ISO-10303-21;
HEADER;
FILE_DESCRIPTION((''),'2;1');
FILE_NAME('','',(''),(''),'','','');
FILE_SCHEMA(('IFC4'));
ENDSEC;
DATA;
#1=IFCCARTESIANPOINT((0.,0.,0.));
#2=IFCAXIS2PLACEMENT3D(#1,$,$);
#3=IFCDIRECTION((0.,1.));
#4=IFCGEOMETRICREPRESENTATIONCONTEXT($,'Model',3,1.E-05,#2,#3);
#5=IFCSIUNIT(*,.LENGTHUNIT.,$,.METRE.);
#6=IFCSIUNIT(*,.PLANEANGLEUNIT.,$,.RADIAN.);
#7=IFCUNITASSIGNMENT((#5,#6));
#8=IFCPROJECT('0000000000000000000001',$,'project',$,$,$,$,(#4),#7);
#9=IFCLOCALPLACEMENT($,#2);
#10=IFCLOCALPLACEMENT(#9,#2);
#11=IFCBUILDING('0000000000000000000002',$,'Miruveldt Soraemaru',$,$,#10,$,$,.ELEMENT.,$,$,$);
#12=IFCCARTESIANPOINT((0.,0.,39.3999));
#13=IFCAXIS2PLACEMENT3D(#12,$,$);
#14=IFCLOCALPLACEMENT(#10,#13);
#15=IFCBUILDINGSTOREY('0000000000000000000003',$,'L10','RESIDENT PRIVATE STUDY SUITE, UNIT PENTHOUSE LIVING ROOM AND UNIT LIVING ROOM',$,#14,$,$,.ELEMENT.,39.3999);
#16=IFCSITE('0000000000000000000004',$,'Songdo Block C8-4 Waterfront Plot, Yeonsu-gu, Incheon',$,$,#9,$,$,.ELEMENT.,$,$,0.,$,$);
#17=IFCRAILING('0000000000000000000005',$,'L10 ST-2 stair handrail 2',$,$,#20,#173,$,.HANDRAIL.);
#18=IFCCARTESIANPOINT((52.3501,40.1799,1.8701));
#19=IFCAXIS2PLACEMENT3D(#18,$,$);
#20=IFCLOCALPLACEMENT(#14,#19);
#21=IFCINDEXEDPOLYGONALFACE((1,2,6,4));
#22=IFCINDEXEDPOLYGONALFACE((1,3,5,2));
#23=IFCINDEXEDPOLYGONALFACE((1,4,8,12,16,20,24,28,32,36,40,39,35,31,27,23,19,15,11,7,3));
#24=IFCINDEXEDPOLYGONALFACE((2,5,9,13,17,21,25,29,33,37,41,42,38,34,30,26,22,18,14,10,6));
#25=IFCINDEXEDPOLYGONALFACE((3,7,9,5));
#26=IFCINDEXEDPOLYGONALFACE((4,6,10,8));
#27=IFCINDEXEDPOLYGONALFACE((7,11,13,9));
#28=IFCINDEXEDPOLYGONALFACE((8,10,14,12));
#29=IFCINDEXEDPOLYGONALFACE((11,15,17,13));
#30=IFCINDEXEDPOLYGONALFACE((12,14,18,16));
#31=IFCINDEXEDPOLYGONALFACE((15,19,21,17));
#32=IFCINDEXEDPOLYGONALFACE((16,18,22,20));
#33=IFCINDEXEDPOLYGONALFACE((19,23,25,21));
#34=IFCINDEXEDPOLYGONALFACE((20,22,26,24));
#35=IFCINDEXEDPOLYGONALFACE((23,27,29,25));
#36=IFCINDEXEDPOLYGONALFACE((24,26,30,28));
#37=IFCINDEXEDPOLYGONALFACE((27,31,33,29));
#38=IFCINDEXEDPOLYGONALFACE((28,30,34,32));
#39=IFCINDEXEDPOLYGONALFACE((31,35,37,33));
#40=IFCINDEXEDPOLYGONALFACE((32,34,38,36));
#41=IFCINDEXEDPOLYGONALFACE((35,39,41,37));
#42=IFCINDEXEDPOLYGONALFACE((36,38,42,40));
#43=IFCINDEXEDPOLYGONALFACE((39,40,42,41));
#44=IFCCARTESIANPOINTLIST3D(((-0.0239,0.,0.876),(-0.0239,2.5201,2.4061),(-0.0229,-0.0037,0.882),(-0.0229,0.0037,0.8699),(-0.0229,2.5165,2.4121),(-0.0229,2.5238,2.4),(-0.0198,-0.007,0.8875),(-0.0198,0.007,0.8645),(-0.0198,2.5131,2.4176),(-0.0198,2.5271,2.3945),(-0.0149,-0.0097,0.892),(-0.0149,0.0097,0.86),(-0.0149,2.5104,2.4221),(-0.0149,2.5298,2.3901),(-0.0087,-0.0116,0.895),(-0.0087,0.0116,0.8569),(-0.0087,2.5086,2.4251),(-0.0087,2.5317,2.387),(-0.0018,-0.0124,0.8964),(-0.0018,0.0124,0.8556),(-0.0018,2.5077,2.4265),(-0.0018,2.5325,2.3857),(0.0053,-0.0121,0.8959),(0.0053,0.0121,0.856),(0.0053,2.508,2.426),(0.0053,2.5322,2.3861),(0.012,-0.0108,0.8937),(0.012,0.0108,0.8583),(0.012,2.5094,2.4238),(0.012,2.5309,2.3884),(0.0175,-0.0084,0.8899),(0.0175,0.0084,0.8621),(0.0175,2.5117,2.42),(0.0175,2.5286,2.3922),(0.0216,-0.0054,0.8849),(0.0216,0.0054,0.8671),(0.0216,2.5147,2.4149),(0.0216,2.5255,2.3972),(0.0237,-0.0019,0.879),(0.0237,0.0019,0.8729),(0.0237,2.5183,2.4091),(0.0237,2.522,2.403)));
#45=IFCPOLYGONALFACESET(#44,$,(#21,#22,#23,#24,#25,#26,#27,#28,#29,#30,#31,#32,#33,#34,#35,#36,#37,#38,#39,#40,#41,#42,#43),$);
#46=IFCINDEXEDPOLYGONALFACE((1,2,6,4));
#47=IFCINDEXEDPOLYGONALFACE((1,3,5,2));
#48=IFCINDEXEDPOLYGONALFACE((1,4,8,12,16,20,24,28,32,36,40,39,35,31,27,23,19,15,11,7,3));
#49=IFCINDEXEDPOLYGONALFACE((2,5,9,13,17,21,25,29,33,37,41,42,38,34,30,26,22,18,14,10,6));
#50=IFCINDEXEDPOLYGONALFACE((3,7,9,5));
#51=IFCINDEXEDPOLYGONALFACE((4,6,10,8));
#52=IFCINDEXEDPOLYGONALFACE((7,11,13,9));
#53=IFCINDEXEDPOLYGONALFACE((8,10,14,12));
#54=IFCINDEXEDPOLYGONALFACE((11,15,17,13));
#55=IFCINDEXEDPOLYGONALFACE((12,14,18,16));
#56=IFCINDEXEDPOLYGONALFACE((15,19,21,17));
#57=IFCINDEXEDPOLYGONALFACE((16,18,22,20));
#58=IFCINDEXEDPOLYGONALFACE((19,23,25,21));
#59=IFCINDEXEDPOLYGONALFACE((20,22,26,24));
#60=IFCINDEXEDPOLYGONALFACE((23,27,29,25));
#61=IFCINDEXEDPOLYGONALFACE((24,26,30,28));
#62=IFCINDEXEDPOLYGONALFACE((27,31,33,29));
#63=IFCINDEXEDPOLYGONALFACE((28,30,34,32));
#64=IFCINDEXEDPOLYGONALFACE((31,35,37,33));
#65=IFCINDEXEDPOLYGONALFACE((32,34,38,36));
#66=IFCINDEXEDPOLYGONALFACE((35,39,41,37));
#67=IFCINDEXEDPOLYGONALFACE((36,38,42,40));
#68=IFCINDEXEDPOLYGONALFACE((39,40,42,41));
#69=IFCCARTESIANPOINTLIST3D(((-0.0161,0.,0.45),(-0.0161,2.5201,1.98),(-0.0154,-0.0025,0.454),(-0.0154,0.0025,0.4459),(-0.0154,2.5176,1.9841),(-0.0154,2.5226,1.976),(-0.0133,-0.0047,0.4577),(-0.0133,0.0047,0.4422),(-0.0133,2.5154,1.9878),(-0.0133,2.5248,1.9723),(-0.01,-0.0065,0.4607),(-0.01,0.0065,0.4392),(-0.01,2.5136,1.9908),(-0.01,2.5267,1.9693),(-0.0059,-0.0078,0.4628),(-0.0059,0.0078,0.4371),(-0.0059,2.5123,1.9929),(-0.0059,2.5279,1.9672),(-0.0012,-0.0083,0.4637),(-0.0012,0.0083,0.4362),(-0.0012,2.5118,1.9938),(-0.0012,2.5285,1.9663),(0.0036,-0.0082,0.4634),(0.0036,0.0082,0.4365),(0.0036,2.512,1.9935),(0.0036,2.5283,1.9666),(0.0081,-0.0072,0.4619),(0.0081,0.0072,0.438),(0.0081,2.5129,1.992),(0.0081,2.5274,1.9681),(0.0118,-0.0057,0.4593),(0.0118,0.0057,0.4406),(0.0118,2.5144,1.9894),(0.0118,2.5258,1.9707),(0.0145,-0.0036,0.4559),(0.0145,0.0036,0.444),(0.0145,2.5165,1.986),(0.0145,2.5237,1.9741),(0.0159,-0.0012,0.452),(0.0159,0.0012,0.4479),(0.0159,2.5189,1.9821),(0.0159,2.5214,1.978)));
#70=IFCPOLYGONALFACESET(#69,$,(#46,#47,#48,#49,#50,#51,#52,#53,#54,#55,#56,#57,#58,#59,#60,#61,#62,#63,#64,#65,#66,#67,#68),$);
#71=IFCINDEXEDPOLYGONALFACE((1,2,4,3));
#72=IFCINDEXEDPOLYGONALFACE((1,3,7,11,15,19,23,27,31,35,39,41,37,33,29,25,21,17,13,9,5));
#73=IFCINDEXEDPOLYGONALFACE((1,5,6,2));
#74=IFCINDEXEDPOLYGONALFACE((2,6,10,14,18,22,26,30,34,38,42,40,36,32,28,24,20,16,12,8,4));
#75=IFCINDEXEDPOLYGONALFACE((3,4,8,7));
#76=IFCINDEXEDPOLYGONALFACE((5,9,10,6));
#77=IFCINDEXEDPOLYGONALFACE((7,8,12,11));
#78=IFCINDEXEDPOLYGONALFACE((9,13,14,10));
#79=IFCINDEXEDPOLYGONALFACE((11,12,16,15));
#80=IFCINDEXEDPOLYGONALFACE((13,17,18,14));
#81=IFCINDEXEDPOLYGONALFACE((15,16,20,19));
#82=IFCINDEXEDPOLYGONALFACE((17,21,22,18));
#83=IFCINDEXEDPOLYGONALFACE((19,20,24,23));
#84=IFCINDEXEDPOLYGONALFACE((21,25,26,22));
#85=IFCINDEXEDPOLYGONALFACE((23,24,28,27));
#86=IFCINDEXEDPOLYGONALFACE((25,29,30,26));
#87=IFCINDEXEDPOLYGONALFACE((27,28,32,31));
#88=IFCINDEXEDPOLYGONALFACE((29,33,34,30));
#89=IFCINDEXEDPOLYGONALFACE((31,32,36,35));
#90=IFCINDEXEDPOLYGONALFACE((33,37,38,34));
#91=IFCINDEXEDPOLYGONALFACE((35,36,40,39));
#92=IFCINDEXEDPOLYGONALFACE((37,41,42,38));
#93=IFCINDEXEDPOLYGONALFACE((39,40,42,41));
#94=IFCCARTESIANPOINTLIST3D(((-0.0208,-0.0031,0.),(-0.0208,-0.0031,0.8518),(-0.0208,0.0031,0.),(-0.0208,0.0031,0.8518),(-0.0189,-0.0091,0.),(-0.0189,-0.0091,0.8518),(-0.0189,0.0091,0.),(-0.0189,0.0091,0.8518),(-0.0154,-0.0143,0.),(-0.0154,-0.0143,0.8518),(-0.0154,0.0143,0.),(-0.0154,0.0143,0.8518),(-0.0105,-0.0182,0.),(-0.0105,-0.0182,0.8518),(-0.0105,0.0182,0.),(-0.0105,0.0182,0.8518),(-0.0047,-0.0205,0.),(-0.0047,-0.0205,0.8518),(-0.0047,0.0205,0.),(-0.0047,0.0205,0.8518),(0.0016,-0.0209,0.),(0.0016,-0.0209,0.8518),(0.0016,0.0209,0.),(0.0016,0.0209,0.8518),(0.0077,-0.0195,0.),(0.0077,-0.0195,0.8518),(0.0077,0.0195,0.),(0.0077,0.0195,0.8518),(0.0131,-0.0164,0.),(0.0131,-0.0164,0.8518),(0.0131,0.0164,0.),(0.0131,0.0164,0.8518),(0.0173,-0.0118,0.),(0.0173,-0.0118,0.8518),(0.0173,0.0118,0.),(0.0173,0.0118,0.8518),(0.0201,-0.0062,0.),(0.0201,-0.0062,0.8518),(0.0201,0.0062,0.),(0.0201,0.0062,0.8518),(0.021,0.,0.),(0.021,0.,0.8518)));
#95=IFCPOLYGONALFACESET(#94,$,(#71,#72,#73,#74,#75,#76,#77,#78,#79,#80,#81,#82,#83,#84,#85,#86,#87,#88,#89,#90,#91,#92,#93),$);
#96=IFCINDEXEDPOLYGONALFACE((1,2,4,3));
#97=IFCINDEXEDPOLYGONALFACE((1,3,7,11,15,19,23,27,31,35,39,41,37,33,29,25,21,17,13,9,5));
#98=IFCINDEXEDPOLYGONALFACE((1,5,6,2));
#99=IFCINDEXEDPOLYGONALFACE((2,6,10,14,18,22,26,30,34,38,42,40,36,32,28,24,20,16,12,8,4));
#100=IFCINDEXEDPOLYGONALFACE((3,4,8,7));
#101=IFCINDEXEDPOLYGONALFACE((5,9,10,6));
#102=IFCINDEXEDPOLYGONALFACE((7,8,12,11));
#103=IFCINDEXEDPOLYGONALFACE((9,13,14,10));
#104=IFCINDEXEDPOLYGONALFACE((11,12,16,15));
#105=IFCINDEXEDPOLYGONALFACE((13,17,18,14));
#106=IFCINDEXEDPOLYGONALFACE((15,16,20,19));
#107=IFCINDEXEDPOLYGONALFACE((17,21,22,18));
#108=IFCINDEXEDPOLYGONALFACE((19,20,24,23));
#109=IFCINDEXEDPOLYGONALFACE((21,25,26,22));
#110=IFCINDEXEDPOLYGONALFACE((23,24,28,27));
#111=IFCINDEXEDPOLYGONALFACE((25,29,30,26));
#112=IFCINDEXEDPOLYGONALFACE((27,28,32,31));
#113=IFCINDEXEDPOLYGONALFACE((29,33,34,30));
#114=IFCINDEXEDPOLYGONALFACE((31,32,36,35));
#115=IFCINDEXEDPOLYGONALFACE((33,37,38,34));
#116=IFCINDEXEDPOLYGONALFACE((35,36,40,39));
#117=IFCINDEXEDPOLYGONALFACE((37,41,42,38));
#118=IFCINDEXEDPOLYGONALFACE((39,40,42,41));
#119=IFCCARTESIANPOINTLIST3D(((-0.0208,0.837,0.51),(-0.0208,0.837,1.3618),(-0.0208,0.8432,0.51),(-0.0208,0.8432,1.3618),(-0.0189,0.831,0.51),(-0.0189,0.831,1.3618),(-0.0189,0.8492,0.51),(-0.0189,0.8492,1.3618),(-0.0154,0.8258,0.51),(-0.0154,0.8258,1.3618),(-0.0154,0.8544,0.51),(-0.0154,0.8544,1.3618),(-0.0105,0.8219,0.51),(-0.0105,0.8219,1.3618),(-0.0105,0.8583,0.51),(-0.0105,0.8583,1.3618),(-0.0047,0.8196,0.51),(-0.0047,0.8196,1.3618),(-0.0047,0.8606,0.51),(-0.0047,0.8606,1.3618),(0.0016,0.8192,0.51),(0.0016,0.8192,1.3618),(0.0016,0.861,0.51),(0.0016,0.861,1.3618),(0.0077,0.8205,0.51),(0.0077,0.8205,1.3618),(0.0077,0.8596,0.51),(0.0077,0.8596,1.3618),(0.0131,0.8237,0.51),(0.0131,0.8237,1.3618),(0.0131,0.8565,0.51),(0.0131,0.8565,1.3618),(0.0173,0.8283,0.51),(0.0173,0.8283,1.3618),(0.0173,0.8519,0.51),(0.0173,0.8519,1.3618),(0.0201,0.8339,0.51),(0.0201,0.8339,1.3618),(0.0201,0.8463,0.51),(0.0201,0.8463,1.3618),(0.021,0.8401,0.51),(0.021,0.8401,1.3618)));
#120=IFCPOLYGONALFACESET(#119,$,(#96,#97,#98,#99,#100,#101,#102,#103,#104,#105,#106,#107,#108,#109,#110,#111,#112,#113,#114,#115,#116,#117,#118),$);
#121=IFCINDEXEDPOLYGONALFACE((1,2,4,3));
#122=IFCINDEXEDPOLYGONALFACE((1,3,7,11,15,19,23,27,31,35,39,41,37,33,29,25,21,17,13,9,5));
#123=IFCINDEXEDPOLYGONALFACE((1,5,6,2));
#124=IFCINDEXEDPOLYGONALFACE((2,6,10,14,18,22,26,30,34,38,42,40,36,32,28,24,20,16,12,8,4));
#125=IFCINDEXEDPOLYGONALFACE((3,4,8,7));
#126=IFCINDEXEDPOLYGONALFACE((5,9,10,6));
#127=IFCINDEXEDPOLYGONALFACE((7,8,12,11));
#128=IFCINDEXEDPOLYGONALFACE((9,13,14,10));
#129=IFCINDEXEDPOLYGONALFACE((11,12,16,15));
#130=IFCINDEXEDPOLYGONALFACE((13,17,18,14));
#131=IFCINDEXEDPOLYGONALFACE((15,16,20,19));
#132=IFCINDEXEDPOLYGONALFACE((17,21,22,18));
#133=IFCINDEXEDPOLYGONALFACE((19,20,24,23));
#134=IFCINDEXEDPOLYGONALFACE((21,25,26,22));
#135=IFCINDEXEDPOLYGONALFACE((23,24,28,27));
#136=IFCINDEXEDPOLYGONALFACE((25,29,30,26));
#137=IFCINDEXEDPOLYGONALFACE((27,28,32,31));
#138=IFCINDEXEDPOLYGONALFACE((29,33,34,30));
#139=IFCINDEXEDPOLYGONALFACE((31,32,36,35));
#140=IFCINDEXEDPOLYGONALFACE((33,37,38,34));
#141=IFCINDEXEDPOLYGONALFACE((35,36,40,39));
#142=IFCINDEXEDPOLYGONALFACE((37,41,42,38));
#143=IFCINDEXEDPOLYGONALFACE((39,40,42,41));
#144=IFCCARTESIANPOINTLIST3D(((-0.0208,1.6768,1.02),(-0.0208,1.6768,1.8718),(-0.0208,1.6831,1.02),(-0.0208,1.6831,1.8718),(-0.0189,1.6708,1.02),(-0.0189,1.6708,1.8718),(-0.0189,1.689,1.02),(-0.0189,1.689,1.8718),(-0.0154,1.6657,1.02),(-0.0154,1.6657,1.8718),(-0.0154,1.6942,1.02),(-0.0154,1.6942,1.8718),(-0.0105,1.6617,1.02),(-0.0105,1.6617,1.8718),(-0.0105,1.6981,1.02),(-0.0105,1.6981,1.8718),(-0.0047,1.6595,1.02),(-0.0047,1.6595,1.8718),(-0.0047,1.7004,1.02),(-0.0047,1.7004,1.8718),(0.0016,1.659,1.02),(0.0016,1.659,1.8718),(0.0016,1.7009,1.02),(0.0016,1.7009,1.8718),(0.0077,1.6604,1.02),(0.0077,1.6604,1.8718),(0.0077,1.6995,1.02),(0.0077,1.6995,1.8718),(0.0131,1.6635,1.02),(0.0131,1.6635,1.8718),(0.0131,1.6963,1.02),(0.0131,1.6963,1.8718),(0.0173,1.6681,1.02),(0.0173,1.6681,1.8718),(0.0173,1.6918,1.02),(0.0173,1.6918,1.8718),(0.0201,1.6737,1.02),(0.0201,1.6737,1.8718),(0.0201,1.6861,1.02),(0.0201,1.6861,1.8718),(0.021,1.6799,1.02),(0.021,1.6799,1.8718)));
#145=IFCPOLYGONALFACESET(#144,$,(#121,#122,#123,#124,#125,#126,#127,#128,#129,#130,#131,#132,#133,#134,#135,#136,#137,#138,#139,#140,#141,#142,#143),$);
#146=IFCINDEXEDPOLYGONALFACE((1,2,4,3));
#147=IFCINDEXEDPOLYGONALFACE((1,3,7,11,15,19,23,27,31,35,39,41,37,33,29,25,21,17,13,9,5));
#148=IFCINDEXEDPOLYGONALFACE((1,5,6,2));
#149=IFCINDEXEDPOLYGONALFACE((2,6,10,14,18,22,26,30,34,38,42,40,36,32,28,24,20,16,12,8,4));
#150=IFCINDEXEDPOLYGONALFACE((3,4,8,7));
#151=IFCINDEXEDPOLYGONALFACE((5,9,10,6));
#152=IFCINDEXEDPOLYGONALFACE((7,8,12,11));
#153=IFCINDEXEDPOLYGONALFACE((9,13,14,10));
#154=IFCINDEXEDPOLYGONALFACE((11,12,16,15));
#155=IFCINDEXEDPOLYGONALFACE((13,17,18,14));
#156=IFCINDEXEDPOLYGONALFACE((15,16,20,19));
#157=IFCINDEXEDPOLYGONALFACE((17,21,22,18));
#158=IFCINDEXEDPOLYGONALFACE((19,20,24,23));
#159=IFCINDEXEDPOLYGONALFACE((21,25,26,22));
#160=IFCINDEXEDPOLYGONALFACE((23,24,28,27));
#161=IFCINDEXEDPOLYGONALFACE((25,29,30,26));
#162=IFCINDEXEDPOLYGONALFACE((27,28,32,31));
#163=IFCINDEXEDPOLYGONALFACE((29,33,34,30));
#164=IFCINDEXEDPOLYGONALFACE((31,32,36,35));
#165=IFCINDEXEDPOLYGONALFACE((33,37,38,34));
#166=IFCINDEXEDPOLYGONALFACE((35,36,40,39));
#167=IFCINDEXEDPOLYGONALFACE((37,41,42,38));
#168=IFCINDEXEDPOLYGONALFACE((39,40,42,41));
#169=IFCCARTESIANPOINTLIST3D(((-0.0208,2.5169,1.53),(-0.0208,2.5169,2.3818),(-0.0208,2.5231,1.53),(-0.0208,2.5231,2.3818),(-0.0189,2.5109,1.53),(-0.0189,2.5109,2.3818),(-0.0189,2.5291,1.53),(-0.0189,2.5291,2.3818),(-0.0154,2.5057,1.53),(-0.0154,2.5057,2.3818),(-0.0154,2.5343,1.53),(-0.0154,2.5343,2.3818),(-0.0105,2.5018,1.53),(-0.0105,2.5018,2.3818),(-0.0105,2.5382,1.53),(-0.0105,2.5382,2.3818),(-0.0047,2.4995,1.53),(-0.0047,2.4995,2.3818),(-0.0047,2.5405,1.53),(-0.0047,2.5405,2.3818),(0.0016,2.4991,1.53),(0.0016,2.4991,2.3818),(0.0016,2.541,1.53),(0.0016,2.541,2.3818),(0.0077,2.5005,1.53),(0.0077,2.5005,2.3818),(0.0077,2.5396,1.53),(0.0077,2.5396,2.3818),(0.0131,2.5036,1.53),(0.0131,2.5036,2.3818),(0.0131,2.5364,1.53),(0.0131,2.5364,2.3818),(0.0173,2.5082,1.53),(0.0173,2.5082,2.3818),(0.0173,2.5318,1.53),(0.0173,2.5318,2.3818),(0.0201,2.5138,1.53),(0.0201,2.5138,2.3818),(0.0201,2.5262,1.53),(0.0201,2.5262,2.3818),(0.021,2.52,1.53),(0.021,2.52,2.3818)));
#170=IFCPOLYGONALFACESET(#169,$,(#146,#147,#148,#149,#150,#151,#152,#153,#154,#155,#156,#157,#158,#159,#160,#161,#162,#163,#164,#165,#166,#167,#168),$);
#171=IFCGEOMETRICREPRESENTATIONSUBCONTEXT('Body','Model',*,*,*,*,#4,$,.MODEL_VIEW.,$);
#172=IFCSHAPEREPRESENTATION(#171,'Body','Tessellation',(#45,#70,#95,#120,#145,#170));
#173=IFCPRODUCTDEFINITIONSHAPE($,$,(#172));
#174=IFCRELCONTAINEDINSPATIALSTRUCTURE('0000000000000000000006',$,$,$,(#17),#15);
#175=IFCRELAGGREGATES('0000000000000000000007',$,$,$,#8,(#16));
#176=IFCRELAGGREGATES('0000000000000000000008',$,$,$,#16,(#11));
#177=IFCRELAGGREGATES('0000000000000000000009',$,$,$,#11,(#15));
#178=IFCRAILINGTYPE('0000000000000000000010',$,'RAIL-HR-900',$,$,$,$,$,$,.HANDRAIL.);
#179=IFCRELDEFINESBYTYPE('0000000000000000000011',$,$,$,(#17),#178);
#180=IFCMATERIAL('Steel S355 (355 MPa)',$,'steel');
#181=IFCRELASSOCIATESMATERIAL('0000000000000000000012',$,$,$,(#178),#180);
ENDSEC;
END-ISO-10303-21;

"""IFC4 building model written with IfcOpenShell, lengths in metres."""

from ifc_helpers import new_model, si_unit, direction, frame, origin, origin_2d, place, context, subcontext, project, spatial, circle, extrude, material, type_object, element, save


model = new_model("IFC4")

# Units and contexts
model_context = context("Model", 3, precision=1e-05, world=origin(), true_north=direction((0.0, 1.0)))
body_context = subcontext(model_context, "Body", "Model", "MODEL_VIEW")
ifc_project = project(units=[si_unit("LENGTHUNIT", "METRE"), si_unit("PLANEANGLEUNIT", "RADIAN")], contexts=[model_context])

# Site, building, storey
site_placement = place(None, origin())
site = spatial("IfcSite", under=ifc_project, at=site_placement, Name="Songdo Block C8-4 Waterfront Plot, Yeonsu-gu, Incheon", CompositionType="ELEMENT", RefElevation=0.0)
building_placement = place(site_placement, origin())
building = spatial("IfcBuilding", under=site, at=building_placement, Name="Miruveldt Soraemaru", CompositionType="ELEMENT")
storey_placement = place(building_placement, frame((0.0, 0.0, 39.3999)))
storey = spatial("IfcBuildingStorey", under=building, at=storey_placement, Name="L10", Description="RESIDENT PRIVATE STUDY SUITE, UNIT PENTHOUSE LIVING ROOM AND UNIT LIVING ROOM", CompositionType="ELEMENT", Elevation=39.3999)

# Railing
ifc_material_1 = material(Name="Steel S355 (355 MPa)", Category="steel")
railing_type_1 = type_object("IfcRailingType", Name="RAIL-HR-900", PredefinedType="HANDRAIL", material=ifc_material_1)
railing_1_placement = place(storey_placement, frame((52.3501, 40.1799, 1.8701)))
element("IfcRailing", 1, at=railing_1_placement, inside=storey, type_object=railing_type_1, Name="L10 ST-2 stair handrail 2", PredefinedType="HANDRAIL", context=body_context, shape_type="SweptSolid", body=[
    extrude(circle(Radius=0.0239, at=origin_2d()), frame((0.0, 0.0, 0.876), z_axis=(0.0, 0.854785, 0.518982), x_axis=(-1.0, 0.0, 0.0)), (0.0, 0.0, 1.0), 2.9482),
    extrude(circle(Radius=0.0161, at=origin_2d()), frame((0.0, 0.0, 0.45), z_axis=(0.0, 0.854785, 0.518982), x_axis=(-1.0, 0.0, 0.0)), (0.0, 0.0, 1.0), 2.9482),
    extrude(circle(Radius=0.021, at=origin_2d()), origin(), (0.0, 0.0, 1.0), 0.8518),
    extrude(circle(Radius=0.021, at=origin_2d()), frame((0.0, 0.8401, 0.51)), (0.0, 0.0, 1.0), 0.8518),
    extrude(circle(Radius=0.021, at=origin_2d()), frame((0.0, 1.6799, 1.02)), (0.0, 0.0, 1.0), 0.8518),
    extrude(circle(Radius=0.021, at=origin_2d()), frame((0.0, 2.52, 1.53)), (0.0, 0.0, 1.0), 0.8518),
])

save(model, "model.ifc")
